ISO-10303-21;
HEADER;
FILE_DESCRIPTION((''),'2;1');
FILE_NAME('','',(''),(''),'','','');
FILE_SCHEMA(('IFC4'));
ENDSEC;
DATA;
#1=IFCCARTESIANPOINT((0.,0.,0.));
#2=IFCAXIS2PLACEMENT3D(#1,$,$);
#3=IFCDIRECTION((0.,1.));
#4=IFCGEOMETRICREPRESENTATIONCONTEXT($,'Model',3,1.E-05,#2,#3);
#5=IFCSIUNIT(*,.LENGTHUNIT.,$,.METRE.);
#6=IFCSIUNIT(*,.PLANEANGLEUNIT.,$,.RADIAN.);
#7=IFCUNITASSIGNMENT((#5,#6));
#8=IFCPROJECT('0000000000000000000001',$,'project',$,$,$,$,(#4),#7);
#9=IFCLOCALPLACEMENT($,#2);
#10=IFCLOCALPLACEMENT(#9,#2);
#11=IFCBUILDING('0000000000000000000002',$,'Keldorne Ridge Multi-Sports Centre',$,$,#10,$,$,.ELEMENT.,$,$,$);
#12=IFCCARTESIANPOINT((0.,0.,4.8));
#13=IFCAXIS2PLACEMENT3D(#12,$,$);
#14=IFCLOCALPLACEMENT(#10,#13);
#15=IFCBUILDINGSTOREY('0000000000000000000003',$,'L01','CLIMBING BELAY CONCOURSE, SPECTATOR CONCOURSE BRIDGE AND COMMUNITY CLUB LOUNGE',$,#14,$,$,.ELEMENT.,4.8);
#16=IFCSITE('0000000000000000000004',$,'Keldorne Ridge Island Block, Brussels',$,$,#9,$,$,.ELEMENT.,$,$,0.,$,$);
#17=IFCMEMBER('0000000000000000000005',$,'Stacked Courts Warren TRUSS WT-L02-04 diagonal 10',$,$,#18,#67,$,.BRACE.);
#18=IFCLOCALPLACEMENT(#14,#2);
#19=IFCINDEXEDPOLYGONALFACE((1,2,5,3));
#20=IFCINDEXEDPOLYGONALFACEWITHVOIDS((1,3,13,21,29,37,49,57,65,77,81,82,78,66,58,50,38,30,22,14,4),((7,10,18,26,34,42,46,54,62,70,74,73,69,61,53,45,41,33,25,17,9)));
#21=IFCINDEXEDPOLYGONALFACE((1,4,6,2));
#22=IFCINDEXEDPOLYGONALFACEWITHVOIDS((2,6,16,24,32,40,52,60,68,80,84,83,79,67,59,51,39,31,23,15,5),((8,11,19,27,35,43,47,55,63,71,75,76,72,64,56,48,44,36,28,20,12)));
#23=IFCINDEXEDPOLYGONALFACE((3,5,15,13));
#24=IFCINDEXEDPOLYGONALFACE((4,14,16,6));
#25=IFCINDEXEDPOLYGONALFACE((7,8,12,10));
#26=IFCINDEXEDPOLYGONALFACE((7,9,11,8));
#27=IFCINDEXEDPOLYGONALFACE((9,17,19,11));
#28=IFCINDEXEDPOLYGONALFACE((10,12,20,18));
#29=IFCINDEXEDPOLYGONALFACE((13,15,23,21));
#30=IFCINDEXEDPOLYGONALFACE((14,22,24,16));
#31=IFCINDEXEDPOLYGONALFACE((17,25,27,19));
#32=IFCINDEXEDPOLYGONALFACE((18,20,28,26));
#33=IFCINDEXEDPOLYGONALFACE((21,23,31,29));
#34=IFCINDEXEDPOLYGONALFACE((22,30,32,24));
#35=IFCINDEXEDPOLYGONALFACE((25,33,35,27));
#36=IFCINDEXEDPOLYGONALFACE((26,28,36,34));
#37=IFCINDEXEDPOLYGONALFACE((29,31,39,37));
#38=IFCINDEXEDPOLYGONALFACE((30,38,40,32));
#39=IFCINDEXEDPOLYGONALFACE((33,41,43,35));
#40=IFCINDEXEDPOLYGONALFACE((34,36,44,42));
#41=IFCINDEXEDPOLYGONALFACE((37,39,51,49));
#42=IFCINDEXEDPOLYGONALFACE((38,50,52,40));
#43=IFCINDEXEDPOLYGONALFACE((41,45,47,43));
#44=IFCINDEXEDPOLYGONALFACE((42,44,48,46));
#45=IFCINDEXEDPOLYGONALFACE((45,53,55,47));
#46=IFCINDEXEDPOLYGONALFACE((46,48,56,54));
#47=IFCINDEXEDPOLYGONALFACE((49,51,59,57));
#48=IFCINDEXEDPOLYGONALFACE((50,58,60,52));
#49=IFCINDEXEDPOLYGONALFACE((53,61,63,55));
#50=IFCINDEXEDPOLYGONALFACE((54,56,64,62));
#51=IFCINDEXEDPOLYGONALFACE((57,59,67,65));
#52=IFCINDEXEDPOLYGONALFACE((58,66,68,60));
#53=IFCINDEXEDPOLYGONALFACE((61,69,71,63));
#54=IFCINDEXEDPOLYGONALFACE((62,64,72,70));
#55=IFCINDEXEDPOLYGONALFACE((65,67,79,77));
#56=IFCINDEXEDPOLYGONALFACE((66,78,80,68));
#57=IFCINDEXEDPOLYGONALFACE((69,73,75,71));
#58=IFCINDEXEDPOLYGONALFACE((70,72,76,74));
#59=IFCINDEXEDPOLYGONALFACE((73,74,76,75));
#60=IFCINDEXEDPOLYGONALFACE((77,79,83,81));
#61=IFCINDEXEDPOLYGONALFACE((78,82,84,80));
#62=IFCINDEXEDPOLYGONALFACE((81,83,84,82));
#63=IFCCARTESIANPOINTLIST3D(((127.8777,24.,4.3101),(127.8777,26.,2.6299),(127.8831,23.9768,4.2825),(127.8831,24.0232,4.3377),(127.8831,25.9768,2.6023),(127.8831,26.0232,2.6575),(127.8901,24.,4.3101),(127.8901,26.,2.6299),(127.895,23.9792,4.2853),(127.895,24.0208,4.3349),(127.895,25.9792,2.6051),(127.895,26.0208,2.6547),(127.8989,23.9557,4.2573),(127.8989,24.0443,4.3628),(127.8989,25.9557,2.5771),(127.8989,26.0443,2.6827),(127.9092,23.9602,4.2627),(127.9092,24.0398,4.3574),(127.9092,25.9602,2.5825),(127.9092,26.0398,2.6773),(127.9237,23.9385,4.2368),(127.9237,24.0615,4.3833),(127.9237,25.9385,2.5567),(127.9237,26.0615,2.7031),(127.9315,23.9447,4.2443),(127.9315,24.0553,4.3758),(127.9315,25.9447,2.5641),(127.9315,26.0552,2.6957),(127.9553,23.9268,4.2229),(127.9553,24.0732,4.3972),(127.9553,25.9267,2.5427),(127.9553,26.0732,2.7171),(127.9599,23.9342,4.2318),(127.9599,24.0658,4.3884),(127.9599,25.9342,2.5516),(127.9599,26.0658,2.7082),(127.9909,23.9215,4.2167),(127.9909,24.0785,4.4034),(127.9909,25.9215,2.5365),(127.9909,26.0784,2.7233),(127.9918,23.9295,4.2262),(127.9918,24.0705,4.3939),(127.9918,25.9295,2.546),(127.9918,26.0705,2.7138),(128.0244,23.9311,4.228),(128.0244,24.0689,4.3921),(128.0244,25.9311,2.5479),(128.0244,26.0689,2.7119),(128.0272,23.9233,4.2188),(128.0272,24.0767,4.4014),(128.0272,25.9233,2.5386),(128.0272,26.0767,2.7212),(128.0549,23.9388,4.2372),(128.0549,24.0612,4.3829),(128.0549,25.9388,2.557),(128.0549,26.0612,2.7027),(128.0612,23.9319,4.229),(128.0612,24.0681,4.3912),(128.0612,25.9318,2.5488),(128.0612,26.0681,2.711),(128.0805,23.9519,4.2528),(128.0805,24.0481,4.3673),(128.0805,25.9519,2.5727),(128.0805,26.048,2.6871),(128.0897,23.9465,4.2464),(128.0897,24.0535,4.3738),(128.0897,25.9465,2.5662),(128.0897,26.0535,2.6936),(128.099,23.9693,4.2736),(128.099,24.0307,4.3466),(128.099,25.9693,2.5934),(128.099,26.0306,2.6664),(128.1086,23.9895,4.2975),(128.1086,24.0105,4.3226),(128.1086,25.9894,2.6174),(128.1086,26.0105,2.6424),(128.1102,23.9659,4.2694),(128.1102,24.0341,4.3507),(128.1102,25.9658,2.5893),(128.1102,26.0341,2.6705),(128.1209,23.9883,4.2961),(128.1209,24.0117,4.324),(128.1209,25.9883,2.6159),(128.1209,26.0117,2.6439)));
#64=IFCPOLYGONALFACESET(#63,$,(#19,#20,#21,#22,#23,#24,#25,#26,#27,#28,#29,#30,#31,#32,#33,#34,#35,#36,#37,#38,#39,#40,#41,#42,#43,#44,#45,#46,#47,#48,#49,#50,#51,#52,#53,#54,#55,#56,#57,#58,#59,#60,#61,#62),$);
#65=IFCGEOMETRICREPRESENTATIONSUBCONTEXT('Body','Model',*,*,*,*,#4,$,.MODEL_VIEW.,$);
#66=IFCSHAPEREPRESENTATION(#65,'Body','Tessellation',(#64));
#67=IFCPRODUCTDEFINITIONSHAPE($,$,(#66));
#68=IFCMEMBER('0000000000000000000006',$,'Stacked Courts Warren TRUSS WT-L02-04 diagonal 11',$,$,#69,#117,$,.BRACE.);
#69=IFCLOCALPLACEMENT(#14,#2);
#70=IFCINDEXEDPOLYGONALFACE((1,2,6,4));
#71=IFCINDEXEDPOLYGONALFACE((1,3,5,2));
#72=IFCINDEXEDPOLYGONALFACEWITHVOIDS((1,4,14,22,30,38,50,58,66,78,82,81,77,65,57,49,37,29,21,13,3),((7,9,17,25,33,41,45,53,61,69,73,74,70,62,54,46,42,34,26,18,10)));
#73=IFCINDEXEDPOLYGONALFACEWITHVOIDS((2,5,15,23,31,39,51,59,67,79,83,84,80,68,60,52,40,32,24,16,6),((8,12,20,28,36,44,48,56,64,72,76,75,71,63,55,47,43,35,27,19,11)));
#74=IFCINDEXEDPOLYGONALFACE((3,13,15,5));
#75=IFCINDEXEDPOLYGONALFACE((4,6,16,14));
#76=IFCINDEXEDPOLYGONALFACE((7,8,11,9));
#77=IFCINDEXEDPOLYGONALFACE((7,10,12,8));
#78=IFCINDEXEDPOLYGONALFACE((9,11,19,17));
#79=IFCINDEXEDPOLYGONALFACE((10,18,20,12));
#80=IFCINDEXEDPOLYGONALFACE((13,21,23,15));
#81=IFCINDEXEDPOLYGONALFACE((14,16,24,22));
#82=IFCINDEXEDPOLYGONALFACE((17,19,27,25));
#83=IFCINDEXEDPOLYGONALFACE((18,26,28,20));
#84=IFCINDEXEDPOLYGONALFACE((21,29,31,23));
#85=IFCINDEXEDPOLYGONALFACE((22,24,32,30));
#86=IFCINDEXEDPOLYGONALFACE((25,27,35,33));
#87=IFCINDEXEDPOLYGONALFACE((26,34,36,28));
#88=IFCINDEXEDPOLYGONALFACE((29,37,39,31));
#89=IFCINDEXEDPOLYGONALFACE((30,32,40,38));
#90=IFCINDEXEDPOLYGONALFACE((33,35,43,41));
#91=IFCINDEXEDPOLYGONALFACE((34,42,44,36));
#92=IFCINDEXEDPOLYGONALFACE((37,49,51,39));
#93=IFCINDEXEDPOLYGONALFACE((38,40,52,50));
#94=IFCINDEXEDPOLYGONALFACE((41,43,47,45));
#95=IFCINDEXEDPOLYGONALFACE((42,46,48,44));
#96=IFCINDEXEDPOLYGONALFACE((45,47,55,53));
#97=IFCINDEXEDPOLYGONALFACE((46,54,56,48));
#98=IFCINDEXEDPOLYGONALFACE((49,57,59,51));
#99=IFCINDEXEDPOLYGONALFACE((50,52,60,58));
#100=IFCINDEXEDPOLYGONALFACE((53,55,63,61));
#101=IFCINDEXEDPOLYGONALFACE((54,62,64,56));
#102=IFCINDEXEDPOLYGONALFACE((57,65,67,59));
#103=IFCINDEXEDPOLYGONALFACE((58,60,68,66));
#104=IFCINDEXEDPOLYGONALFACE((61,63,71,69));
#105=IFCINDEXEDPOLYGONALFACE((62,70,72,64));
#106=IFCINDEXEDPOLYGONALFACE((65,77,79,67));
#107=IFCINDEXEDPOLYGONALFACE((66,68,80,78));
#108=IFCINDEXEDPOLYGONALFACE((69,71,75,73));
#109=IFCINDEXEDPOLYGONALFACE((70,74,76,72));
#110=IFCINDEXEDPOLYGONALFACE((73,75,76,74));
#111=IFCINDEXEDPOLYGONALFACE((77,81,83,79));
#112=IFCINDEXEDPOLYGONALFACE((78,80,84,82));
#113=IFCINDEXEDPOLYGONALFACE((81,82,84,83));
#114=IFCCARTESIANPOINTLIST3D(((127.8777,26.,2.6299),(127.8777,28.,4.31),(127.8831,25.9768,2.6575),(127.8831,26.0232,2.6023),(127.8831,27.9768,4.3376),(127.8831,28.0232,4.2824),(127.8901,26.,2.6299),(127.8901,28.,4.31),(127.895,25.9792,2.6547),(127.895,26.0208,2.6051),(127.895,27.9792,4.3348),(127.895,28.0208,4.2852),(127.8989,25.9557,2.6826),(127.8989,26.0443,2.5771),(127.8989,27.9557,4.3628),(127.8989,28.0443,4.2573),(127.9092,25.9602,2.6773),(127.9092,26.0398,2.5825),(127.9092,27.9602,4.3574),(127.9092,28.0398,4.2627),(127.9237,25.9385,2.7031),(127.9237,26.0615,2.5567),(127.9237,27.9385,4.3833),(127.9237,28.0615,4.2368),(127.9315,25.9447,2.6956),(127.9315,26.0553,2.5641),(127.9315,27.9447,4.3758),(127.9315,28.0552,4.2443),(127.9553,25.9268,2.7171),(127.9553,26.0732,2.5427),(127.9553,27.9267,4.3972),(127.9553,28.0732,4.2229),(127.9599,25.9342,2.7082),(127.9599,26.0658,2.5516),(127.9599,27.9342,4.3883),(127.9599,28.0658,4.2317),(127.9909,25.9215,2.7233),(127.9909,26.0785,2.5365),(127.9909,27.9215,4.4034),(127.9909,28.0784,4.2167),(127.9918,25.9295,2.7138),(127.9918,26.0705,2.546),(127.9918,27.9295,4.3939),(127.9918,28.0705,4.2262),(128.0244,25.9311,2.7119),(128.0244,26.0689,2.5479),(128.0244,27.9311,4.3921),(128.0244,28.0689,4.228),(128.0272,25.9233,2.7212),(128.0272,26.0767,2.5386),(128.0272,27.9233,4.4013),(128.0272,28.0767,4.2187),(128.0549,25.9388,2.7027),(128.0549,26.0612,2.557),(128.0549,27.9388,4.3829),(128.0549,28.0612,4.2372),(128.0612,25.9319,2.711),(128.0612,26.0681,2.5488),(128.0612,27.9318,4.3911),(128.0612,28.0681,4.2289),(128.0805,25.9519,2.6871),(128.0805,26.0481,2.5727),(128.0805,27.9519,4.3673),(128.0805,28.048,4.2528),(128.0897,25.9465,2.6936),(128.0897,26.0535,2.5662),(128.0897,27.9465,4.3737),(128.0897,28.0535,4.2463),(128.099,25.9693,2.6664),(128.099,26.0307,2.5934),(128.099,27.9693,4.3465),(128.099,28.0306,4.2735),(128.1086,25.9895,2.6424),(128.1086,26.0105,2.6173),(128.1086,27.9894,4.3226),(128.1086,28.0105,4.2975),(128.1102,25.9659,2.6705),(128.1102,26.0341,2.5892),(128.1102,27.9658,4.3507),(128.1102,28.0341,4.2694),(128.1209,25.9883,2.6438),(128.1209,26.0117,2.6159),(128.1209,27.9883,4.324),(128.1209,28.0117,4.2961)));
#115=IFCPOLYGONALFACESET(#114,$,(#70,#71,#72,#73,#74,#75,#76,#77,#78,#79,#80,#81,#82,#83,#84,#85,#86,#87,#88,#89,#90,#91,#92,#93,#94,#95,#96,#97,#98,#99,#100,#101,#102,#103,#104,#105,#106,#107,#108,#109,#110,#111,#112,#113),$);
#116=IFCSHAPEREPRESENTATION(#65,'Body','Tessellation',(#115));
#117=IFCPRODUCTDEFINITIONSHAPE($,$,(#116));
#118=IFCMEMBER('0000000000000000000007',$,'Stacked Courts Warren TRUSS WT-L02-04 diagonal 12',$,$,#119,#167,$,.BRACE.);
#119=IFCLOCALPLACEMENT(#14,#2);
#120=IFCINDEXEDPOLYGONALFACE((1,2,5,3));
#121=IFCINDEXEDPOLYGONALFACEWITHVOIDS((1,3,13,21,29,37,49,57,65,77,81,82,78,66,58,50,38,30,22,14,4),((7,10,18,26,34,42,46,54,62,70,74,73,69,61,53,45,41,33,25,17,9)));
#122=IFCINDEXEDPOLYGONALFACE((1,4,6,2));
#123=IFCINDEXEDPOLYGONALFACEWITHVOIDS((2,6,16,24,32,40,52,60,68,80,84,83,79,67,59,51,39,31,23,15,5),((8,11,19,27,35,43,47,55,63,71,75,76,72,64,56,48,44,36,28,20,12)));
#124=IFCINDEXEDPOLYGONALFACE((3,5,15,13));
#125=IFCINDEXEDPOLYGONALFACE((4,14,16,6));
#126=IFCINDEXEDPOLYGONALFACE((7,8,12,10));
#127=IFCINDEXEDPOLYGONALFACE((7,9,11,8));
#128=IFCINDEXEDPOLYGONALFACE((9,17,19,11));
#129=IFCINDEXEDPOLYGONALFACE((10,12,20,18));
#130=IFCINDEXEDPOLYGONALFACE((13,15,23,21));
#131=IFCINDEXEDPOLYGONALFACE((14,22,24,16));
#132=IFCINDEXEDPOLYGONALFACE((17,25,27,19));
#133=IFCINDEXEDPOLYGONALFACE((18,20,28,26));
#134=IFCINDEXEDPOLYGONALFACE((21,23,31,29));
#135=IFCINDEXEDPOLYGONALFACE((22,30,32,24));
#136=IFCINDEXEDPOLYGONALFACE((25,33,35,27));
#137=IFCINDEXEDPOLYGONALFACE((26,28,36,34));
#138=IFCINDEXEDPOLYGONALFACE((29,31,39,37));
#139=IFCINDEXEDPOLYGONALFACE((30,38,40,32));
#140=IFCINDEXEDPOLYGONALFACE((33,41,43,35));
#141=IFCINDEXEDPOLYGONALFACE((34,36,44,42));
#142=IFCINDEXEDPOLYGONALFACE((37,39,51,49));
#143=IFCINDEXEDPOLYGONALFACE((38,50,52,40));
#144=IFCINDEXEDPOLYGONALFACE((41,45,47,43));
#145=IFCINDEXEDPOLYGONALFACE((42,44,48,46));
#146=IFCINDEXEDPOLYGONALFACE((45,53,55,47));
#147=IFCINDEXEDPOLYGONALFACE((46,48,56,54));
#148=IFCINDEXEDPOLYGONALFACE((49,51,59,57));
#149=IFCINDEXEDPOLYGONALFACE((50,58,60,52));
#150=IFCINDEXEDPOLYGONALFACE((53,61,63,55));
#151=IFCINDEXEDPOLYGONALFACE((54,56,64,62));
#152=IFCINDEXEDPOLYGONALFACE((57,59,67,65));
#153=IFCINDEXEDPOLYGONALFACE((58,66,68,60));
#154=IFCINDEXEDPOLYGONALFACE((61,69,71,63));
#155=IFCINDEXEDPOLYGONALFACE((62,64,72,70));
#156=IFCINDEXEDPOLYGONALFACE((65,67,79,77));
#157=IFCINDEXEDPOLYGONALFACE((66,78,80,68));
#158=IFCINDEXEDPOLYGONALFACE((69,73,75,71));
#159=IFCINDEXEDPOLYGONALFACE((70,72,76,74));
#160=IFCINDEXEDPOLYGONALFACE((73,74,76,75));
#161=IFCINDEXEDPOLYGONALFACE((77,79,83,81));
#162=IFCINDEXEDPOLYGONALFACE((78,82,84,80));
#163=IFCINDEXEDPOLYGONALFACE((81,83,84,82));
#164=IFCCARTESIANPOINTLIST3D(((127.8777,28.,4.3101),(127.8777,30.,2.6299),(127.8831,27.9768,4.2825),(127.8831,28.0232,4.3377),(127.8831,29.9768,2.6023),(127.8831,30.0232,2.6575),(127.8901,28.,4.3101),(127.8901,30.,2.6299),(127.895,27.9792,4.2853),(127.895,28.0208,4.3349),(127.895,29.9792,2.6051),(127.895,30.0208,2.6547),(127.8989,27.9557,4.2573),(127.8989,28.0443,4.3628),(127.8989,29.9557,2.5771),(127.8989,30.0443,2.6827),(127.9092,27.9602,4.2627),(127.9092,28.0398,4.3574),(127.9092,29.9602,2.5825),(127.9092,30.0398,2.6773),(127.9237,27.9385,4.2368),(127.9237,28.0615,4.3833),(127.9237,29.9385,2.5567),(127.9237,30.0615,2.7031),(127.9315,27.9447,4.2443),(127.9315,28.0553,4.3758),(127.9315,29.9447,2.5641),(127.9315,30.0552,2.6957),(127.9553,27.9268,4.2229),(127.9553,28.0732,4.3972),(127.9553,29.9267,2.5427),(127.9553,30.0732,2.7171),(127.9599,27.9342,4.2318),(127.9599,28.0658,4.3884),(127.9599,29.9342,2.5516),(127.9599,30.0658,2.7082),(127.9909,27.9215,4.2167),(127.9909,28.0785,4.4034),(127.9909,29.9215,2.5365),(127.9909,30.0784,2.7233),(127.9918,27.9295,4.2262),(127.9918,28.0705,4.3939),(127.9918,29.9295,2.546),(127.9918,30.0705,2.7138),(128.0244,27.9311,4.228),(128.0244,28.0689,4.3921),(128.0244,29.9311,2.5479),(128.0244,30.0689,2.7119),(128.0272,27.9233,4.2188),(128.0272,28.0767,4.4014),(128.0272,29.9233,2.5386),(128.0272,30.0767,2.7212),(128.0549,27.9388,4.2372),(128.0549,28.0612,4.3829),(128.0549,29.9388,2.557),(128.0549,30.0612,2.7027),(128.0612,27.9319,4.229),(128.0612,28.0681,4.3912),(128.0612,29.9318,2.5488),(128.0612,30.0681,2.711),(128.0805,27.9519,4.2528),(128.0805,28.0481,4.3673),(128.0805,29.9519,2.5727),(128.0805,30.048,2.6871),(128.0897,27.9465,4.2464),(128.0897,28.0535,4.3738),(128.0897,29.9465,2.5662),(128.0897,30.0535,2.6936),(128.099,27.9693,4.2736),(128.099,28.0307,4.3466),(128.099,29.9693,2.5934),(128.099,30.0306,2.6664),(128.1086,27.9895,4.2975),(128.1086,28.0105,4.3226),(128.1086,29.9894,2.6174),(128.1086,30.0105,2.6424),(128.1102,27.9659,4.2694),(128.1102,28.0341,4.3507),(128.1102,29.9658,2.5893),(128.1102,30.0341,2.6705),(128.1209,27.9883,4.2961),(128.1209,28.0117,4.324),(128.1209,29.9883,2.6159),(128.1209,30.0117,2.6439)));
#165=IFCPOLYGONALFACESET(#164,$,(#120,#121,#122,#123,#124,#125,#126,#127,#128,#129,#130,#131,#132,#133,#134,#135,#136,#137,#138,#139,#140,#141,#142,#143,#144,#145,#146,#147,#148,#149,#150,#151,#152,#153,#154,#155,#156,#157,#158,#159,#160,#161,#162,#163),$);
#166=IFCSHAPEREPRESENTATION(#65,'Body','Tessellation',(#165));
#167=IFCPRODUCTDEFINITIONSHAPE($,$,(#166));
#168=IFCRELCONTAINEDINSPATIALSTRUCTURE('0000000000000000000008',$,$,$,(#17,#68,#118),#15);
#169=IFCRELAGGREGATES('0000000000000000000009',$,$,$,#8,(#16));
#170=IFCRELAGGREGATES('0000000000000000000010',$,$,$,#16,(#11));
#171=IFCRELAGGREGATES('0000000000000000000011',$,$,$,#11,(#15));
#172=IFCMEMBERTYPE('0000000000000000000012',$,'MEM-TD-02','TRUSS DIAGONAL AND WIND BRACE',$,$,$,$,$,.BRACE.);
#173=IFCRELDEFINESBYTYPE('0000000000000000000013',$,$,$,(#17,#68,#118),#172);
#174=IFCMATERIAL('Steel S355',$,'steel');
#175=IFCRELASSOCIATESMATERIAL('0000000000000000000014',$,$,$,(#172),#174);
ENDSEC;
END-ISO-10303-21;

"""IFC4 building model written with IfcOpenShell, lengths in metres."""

from ifc_helpers import new_model, si_unit, direction, frame, origin, origin_2d, place, context, subcontext, project, spatial, hollow_circle, extrude, material, material_profile, profile_set, type_object, element, save


model = new_model("IFC4")

# Units and contexts
model_context = context("Model", 3, precision=1e-05, world=origin(), true_north=direction((0.0, 1.0)))
body_context = subcontext(model_context, "Body", "Model", "MODEL_VIEW")
ifc_project = project(units=[si_unit("LENGTHUNIT", "METRE"), si_unit("PLANEANGLEUNIT", "RADIAN")], contexts=[model_context])

# Site, building, storey
site_placement = place(None, origin())
site = spatial("IfcSite", under=ifc_project, at=site_placement, Name="Keldorne Ridge Island Block, Brussels", CompositionType="ELEMENT", RefElevation=0.0)
building_placement = place(site_placement, origin())
building = spatial("IfcBuilding", under=site, at=building_placement, Name="Keldorne Ridge Multi-Sports Centre", CompositionType="ELEMENT")
storey_placement = place(building_placement, frame((0.0, 0.0, 4.8)))
storey = spatial("IfcBuildingStorey", under=building, at=storey_placement, Name="L01", Description="CLIMBING BELAY CONCOURSE, SPECTATOR CONCOURSE BRIDGE AND COMMUNITY CLUB LOUNGE", CompositionType="ELEMENT", Elevation=4.8)

# Members
ifc_material = material(Name="Steel S355", Category="steel")
ifc_material_profile_1 = material_profile(ifc_material, hollow_circle(Radius=0.1223, WallThickness=0.0125, at=origin_2d()), Name="CHS 244.5x12.5")
ifc_profile_set_1 = profile_set([ifc_material_profile_1], Name="Steel S355")
member_type_1 = type_object("IfcMemberType", Name="MEM-TD-02", Description="TRUSS DIAGONAL AND WIND BRACE", PredefinedType="BRACE", material=ifc_profile_set_1)
for number, where, z_axis, x_axis, name in (
    (1, (128.0, 24.0, 4.3101), (0.0, 0.765672, -0.643232), (-1.0, 0.0, 0.0), "Stacked Courts Warren TRUSS WT-L02-04 diagonal 10"),
    (2, (128.0, 26.0, 2.6299), (0.0, 0.765672, 0.643232), (-1.0, 0.0, 0.0), "Stacked Courts Warren TRUSS WT-L02-04 diagonal 11"),
    (3, (128.0, 28.0, 4.3101), (0.0, 0.765672, -0.643232), (-1.0, 0.0, 0.0), "Stacked Courts Warren TRUSS WT-L02-04 diagonal 12"),
):
    element("IfcMember", number, at=place(storey_placement, frame(where, z_axis=z_axis, x_axis=x_axis)), inside=storey, type_object=member_type_1, Name=name, PredefinedType="BRACE", context=body_context, shape_type="SweptSolid", body=[
        extrude(hollow_circle(Radius=0.1223, WallThickness=0.0125, at=origin_2d()), origin(), (0.0, 0.0, 1.0), 2.6121),
    ])

save(model, "model.ifc")
